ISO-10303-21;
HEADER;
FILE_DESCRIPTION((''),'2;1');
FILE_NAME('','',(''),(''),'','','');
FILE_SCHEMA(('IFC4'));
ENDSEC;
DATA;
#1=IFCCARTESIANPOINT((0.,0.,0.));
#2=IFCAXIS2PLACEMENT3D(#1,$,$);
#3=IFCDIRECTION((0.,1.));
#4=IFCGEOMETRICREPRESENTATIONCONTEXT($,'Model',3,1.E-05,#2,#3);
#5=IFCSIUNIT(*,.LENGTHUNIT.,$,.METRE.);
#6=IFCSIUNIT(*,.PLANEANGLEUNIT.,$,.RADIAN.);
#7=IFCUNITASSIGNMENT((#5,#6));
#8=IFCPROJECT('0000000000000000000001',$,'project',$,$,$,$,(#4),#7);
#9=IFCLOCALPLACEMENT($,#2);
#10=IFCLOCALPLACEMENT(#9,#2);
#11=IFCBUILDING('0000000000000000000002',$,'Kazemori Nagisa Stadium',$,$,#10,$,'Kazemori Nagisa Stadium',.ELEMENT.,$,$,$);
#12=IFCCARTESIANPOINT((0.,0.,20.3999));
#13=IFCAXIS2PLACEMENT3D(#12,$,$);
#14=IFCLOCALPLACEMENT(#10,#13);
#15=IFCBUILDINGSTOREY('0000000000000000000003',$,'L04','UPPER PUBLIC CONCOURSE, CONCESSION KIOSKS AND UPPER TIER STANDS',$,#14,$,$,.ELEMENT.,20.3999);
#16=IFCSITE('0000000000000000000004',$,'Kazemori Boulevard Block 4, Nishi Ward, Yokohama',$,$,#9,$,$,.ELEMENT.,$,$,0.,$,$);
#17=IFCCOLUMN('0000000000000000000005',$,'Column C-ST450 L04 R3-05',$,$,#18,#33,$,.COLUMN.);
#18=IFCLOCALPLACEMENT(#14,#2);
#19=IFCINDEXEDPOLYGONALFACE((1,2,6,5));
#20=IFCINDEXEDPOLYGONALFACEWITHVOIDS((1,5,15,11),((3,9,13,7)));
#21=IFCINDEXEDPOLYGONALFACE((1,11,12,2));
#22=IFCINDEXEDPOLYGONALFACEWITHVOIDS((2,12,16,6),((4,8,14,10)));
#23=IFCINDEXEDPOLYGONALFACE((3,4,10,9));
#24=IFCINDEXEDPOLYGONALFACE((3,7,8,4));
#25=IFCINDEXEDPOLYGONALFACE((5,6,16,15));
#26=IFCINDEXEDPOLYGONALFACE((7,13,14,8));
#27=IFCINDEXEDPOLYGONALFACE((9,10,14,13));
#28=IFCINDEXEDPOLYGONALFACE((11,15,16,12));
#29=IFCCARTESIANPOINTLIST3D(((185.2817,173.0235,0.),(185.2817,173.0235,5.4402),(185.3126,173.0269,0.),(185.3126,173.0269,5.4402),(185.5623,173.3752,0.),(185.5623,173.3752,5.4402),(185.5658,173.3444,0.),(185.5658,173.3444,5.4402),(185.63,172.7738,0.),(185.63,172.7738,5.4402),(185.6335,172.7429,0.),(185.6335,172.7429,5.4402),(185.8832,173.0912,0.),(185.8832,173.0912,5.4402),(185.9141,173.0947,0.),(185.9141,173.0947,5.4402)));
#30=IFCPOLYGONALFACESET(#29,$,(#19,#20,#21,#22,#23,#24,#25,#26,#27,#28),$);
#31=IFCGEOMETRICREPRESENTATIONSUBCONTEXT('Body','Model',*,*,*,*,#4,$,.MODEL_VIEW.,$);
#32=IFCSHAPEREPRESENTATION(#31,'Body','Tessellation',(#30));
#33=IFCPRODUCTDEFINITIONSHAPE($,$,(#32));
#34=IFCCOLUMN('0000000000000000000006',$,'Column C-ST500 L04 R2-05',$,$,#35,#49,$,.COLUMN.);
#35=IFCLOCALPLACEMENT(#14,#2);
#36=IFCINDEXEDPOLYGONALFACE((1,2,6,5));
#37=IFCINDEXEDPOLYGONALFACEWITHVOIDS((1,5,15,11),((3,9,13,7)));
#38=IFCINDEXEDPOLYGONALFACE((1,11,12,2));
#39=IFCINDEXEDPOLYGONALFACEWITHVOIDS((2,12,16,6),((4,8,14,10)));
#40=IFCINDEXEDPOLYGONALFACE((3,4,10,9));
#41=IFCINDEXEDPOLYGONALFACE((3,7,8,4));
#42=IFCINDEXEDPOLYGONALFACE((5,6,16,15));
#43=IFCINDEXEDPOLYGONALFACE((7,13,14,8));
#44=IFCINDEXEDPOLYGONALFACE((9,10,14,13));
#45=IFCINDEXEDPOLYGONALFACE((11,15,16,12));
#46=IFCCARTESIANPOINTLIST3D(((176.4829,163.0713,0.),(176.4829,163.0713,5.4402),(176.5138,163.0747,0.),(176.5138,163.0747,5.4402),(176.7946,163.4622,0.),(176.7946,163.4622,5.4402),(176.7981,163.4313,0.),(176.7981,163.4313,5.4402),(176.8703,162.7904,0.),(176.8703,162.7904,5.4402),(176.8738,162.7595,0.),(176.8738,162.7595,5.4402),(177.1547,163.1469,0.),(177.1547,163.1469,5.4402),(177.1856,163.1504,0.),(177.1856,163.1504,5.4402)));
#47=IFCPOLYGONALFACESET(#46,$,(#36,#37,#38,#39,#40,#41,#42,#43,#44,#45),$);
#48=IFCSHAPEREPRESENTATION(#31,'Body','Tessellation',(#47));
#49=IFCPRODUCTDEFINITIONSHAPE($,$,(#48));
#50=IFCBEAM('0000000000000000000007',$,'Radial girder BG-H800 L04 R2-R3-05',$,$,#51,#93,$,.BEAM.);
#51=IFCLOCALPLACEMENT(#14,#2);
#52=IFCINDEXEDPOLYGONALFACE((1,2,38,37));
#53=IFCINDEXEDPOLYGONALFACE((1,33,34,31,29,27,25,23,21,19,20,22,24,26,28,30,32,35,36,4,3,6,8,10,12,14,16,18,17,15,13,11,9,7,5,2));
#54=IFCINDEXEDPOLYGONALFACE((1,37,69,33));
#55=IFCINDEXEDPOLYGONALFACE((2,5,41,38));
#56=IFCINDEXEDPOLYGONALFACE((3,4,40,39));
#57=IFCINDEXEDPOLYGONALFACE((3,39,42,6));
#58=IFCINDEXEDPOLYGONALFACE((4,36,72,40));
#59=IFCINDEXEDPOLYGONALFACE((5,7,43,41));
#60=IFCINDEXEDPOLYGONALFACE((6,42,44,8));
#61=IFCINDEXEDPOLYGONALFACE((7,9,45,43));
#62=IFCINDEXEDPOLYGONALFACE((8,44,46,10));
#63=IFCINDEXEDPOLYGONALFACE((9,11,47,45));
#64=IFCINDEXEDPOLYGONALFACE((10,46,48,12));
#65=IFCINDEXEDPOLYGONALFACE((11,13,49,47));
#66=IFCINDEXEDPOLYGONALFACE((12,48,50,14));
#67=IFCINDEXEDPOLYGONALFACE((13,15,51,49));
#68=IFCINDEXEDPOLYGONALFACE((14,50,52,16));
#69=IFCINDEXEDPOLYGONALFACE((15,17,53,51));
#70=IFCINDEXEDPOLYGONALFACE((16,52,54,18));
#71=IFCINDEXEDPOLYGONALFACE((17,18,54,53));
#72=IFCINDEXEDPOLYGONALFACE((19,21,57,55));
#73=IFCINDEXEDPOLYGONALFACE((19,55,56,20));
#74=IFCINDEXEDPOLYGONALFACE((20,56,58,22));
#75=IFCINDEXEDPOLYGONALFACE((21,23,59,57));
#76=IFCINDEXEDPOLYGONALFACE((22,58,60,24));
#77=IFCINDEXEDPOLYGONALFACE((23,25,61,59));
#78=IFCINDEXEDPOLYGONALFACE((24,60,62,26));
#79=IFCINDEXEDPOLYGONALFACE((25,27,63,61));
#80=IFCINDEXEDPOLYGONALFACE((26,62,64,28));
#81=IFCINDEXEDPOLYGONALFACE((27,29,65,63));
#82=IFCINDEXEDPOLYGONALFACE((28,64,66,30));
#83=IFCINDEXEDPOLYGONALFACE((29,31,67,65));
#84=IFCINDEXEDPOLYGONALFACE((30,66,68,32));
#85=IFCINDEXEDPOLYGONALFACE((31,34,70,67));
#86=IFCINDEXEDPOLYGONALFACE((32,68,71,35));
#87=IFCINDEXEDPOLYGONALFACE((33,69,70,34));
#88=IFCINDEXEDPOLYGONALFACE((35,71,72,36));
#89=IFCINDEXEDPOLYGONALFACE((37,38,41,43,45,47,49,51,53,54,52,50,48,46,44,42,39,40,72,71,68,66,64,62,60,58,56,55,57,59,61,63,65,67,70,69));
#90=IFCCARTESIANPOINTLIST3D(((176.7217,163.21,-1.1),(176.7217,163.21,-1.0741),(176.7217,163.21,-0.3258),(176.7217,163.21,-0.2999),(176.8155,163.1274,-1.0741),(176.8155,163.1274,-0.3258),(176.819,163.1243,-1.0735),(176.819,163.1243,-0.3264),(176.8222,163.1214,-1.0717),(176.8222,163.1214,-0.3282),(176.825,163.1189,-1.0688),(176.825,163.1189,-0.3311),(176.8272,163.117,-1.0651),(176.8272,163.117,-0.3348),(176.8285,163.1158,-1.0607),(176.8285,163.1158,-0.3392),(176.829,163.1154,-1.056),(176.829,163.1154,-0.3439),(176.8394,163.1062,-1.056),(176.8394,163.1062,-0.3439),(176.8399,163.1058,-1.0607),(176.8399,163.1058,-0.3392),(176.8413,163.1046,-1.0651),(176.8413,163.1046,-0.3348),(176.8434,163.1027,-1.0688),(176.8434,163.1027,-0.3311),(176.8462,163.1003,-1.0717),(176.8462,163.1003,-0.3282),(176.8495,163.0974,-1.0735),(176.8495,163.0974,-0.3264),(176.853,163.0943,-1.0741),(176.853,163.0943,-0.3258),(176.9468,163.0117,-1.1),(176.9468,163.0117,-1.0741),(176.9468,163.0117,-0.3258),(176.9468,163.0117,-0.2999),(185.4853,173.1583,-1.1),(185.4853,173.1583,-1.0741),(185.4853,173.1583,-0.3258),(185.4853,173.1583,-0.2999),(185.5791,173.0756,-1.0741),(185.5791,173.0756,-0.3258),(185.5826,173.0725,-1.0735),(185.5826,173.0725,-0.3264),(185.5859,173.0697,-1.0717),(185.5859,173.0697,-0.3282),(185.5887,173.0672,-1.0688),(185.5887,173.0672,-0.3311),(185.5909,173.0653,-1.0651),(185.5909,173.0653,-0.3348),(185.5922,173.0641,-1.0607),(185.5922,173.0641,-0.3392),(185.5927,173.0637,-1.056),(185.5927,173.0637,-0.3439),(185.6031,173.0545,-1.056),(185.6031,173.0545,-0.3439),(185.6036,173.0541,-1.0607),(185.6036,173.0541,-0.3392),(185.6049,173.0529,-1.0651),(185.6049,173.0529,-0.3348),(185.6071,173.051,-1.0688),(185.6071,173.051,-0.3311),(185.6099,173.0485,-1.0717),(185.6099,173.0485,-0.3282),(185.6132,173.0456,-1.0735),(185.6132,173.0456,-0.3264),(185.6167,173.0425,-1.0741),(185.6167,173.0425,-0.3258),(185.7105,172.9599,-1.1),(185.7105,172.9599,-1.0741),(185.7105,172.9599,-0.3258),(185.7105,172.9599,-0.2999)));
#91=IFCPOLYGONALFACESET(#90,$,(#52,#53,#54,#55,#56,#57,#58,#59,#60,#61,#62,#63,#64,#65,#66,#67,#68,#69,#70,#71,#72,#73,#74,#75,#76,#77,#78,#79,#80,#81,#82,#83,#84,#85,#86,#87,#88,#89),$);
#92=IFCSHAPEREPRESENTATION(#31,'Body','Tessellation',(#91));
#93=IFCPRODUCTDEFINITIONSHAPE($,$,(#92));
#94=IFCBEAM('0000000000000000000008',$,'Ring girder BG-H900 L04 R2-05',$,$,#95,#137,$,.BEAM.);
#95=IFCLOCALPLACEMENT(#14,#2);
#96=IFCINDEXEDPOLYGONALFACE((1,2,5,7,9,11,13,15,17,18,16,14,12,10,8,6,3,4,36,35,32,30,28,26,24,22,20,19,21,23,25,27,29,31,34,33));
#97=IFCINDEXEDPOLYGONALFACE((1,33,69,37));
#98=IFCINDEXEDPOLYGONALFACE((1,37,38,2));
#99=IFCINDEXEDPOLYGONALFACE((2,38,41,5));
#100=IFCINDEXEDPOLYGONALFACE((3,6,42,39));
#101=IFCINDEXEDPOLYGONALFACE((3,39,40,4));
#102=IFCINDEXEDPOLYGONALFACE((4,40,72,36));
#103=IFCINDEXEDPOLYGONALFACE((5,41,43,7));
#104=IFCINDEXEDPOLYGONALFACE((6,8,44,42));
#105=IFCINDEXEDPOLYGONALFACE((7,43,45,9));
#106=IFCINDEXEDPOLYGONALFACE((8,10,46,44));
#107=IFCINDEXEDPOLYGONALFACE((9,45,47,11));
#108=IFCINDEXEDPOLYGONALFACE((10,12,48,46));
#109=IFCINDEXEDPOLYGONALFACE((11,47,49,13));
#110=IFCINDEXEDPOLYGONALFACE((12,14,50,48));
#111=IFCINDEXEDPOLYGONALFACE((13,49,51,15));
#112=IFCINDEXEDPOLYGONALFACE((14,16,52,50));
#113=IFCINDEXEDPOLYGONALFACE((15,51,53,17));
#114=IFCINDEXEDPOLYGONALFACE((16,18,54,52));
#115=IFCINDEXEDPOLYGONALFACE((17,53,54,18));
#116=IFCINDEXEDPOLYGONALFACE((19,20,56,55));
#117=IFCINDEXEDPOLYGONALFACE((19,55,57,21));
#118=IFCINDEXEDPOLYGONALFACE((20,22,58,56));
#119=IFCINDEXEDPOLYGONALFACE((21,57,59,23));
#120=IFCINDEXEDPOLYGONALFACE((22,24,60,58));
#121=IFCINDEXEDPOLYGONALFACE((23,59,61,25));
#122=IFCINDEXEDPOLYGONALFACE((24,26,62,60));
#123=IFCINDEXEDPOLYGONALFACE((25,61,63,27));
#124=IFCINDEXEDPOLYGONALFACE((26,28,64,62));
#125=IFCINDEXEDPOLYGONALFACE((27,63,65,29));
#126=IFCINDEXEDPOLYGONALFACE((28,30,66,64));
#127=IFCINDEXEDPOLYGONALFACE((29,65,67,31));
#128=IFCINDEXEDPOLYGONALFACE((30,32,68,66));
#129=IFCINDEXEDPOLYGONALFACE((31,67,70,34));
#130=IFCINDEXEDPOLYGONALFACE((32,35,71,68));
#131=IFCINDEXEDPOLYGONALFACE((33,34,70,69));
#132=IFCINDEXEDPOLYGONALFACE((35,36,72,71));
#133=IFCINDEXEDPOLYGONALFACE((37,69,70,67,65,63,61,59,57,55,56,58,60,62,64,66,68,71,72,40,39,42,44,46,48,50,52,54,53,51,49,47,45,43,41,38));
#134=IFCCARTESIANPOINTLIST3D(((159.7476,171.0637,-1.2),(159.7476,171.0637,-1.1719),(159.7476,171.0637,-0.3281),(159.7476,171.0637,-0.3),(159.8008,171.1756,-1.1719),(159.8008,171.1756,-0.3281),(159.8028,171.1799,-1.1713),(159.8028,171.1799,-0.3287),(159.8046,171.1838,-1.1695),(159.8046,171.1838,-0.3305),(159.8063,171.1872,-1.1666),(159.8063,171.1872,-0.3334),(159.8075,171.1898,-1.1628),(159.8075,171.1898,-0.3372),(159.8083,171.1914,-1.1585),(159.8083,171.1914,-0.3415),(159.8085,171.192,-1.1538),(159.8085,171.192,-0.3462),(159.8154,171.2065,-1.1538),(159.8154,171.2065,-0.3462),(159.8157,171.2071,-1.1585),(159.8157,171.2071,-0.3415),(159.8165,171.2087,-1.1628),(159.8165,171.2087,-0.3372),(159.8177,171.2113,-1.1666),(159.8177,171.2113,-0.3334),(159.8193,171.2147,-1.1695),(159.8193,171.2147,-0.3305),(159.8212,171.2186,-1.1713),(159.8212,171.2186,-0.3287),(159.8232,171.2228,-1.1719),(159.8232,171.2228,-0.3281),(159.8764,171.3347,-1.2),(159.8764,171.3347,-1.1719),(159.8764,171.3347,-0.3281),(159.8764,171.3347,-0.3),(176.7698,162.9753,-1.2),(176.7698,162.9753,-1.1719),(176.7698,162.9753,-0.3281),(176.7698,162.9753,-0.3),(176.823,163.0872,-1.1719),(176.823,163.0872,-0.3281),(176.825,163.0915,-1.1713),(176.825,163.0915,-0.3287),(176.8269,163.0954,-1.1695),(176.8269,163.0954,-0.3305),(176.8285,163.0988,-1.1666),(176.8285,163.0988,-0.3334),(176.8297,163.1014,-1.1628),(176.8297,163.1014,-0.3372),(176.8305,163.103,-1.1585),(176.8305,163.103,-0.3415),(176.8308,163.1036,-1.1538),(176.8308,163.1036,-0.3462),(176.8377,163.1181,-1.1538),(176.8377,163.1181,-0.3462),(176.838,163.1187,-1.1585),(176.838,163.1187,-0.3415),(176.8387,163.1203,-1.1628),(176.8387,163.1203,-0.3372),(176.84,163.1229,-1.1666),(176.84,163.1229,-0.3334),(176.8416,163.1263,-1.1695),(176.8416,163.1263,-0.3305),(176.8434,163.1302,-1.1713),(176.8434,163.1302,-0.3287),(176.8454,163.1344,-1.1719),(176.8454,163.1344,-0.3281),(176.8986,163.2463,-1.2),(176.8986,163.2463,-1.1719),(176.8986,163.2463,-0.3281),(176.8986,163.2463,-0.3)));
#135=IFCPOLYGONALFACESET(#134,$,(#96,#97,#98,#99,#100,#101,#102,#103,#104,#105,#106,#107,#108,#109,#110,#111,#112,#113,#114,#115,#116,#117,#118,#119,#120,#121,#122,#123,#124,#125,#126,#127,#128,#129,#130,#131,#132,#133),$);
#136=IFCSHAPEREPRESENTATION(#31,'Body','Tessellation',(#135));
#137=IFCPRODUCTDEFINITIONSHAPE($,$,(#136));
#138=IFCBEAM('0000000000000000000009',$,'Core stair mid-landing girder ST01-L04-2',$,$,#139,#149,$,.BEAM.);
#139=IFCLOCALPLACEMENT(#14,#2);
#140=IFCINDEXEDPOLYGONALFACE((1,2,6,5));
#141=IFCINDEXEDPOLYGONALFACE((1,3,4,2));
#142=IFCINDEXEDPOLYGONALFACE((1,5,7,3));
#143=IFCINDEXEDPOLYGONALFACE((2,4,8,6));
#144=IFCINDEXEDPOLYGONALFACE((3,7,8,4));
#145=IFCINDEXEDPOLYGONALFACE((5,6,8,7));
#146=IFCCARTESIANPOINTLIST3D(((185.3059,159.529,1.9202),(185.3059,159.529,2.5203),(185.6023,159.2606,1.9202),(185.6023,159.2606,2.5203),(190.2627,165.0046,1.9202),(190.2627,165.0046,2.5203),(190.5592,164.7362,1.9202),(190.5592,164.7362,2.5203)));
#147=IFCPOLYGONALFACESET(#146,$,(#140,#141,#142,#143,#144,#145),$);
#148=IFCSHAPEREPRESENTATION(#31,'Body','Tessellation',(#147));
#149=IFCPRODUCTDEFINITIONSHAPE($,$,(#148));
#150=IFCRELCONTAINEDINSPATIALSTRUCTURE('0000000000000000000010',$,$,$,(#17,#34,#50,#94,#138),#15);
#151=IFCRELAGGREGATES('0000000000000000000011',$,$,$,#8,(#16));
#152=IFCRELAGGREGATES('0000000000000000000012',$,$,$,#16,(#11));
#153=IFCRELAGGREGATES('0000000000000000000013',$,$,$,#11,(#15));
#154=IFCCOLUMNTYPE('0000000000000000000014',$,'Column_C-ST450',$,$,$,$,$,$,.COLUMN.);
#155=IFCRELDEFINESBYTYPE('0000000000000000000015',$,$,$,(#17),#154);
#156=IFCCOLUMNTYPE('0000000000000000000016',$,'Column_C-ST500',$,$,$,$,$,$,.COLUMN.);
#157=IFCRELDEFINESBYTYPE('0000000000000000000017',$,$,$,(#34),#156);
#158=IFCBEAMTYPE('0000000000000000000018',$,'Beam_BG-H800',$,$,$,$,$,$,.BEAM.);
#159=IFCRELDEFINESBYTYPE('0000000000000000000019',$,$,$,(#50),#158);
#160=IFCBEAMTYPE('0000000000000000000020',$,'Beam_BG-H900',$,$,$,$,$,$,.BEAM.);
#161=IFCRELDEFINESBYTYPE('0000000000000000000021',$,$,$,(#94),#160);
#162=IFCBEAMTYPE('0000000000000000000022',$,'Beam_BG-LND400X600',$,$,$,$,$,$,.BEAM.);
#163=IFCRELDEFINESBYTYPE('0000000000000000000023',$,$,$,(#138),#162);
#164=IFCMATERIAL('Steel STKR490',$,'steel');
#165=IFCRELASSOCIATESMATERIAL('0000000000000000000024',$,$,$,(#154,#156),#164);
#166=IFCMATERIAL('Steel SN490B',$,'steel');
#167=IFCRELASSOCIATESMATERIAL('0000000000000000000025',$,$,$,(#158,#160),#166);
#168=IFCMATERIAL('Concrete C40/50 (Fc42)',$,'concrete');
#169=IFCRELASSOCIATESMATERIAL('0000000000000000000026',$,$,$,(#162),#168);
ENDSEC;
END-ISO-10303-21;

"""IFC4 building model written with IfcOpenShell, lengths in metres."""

from ifc_helpers import new_model, si_unit, direction, frame, origin, origin_2d, place, context, subcontext, project, spatial, rectangle, hollow_rectangle, i_section, extrude, material, material_profile, profile_set, type_object, element, save


model = new_model("IFC4")

# Units and contexts
model_context = context("Model", 3, precision=1e-05, world=origin(), true_north=direction((0.0, 1.0)))
body_context = subcontext(model_context, "Body", "Model", "MODEL_VIEW")
ifc_project = project(units=[si_unit("LENGTHUNIT", "METRE"), si_unit("PLANEANGLEUNIT", "RADIAN")], contexts=[model_context])

# Site, building, storey
site_placement = place(None, origin())
site = spatial("IfcSite", under=ifc_project, at=site_placement, Name="Kazemori Boulevard Block 4, Nishi Ward, Yokohama", CompositionType="ELEMENT", RefElevation=0.0)
building_placement = place(site_placement, origin())
building = spatial("IfcBuilding", under=site, at=building_placement, Name="Kazemori Nagisa Stadium", LongName="Kazemori Nagisa Stadium", CompositionType="ELEMENT")
storey_placement = place(building_placement, frame((0.0, 0.0, 20.3999)))
storey = spatial("IfcBuildingStorey", under=building, at=storey_placement, Name="L04", Description="UPPER PUBLIC CONCOURSE, CONCESSION KIOSKS AND UPPER TIER STANDS", CompositionType="ELEMENT", Elevation=20.3999)

# Columns
ifc_material_1 = material(Name="Steel STKR490", Category="steel")
ifc_material_profile_1 = material_profile(ifc_material_1, hollow_rectangle(XDim=0.45, YDim=0.45, WallThickness=0.022, at=origin_2d()), Name="SHS-450x450x22")
ifc_profile_set_1 = profile_set([ifc_material_profile_1], Name="Steel STKR490")
column_type_1 = type_object("IfcColumnType", Name="Column_C-ST450", PredefinedType="COLUMN", material=ifc_profile_set_1)
column_1_placement = place(storey_placement, frame((185.5979, 173.0591, 0.0), z_axis=(0.0, 0.0, 1.0), x_axis=(0.62349, 0.781831, 0.0)))
element("IfcColumn", 1, at=column_1_placement, inside=storey, type_object=column_type_1, Name="Column C-ST450 L04 R3-05", PredefinedType="COLUMN", context=body_context, shape_type="SweptSolid", body=[
    extrude(hollow_rectangle(XDim=0.45, YDim=0.45, WallThickness=0.022, at=origin_2d()), origin(), (0.0, 0.0, 1.0), 5.4402),
])
ifc_material_profile_2 = material_profile(ifc_material_1, hollow_rectangle(XDim=0.5, YDim=0.5, WallThickness=0.022, at=origin_2d()), Name="SHS-500x500x22")
ifc_profile_set_2 = profile_set([ifc_material_profile_2], Name="Steel STKR490")
column_type_2 = type_object("IfcColumnType", Name="Column_C-ST500", PredefinedType="COLUMN", material=ifc_profile_set_2)
column_2_placement = place(storey_placement, frame((176.8342, 163.1108, 0.0), z_axis=(0.0, 0.0, 1.0), x_axis=(0.62349, 0.781831, 0.0)))
element("IfcColumn", 2, at=column_2_placement, inside=storey, type_object=column_type_2, Name="Column C-ST500 L04 R2-05", PredefinedType="COLUMN", context=body_context, shape_type="SweptSolid", body=[
    extrude(hollow_rectangle(XDim=0.5, YDim=0.5, WallThickness=0.022, at=origin_2d()), origin(), (0.0, 0.0, 1.0), 5.4402),
])

# Beams
ifc_material_2 = material(Name="Steel SN490B", Category="steel")
ifc_material_profile_3 = material_profile(ifc_material_2, i_section(OverallWidth=0.3, OverallDepth=0.8, WebThickness=0.0139, FlangeThickness=0.0259, FilletRadius=0.0181, at=origin_2d()), Name="H-800x300x14x26")
ifc_profile_set_3 = profile_set([ifc_material_profile_3], Name="Steel SN490B")
beam_type_1 = type_object("IfcBeamType", Name="Beam_BG-H800", PredefinedType="BEAM", material=ifc_profile_set_3)
beam_1_placement = place(storey_placement, frame((176.8342, 163.1108, -0.7), z_axis=(0.66102, 0.750369, 0.0), x_axis=(-0.750369, 0.66102, 0.0)))
element("IfcBeam", 3, at=beam_1_placement, inside=storey, type_object=beam_type_1, Name="Radial girder BG-H800 L04 R2-R3-05", PredefinedType="BEAM", context=body_context, shape_type="SweptSolid", body=[
    extrude(i_section(OverallWidth=0.3, OverallDepth=0.8, WebThickness=0.0139, FlangeThickness=0.0259, FilletRadius=0.0181, at=origin_2d()), origin(), (0.0, 0.0, 1.0), 13.2578),
])
ifc_material_profile_4 = material_profile(ifc_material_2, i_section(OverallWidth=0.3, OverallDepth=0.8999, WebThickness=0.0161, FlangeThickness=0.0281, FilletRadius=0.0181, at=origin_2d()), Name="H-900x300x16x28")
ifc_profile_set_4 = profile_set([ifc_material_profile_4], Name="Steel SN490B")
beam_type_2 = type_object("IfcBeamType", Name="Beam_BG-H900", PredefinedType="BEAM", material=ifc_profile_set_4)
beam_2_placement = place(storey_placement, frame((176.8342, 163.1108, -0.75), z_axis=(-0.903219, 0.429179, 0.0), x_axis=(-0.429179, -0.903219, 0.0)))
element("IfcBeam", 4, at=beam_2_placement, inside=storey, type_object=beam_type_2, Name="Ring girder BG-H900 L04 R2-05", PredefinedType="BEAM", context=body_context, shape_type="SweptSolid", body=[
    extrude(i_section(OverallWidth=0.3, OverallDepth=0.8999, WebThickness=0.0161, FlangeThickness=0.0281, FilletRadius=0.0181, at=origin_2d()), origin(), (0.0, 0.0, 1.0), 18.8462),
])
ifc_material_3 = material(Name="Concrete C40/50 (Fc42)", Category="concrete")
ifc_material_profile_5 = material_profile(ifc_material_3, rectangle(XDim=0.3999, YDim=0.6001, at=origin_2d()), Name="RC-BM-400x600")
ifc_profile_set_5 = profile_set([ifc_material_profile_5], Name="Concrete C40/50 (Fc42)")
beam_type_3 = type_object("IfcBeamType", Name="Beam_BG-LND400X600", PredefinedType="BEAM", material=ifc_profile_set_5)
beam_3_placement = place(storey_placement, frame((185.4541, 159.3948, 2.2202), z_axis=(0.671113, 0.741355, 0.0), x_axis=(-0.741355, 0.671113, 0.0)))
element("IfcBeam", 5, at=beam_3_placement, inside=storey, type_object=beam_type_3, Name="Core stair mid-landing girder ST01-L04-2", PredefinedType="BEAM", context=body_context, shape_type="SweptSolid", body=[
    extrude(rectangle(XDim=0.3999, YDim=0.6001, at=origin_2d()), origin(), (0.0, 0.0, 1.0), 7.386),
])

save(model, "model.ifc")
